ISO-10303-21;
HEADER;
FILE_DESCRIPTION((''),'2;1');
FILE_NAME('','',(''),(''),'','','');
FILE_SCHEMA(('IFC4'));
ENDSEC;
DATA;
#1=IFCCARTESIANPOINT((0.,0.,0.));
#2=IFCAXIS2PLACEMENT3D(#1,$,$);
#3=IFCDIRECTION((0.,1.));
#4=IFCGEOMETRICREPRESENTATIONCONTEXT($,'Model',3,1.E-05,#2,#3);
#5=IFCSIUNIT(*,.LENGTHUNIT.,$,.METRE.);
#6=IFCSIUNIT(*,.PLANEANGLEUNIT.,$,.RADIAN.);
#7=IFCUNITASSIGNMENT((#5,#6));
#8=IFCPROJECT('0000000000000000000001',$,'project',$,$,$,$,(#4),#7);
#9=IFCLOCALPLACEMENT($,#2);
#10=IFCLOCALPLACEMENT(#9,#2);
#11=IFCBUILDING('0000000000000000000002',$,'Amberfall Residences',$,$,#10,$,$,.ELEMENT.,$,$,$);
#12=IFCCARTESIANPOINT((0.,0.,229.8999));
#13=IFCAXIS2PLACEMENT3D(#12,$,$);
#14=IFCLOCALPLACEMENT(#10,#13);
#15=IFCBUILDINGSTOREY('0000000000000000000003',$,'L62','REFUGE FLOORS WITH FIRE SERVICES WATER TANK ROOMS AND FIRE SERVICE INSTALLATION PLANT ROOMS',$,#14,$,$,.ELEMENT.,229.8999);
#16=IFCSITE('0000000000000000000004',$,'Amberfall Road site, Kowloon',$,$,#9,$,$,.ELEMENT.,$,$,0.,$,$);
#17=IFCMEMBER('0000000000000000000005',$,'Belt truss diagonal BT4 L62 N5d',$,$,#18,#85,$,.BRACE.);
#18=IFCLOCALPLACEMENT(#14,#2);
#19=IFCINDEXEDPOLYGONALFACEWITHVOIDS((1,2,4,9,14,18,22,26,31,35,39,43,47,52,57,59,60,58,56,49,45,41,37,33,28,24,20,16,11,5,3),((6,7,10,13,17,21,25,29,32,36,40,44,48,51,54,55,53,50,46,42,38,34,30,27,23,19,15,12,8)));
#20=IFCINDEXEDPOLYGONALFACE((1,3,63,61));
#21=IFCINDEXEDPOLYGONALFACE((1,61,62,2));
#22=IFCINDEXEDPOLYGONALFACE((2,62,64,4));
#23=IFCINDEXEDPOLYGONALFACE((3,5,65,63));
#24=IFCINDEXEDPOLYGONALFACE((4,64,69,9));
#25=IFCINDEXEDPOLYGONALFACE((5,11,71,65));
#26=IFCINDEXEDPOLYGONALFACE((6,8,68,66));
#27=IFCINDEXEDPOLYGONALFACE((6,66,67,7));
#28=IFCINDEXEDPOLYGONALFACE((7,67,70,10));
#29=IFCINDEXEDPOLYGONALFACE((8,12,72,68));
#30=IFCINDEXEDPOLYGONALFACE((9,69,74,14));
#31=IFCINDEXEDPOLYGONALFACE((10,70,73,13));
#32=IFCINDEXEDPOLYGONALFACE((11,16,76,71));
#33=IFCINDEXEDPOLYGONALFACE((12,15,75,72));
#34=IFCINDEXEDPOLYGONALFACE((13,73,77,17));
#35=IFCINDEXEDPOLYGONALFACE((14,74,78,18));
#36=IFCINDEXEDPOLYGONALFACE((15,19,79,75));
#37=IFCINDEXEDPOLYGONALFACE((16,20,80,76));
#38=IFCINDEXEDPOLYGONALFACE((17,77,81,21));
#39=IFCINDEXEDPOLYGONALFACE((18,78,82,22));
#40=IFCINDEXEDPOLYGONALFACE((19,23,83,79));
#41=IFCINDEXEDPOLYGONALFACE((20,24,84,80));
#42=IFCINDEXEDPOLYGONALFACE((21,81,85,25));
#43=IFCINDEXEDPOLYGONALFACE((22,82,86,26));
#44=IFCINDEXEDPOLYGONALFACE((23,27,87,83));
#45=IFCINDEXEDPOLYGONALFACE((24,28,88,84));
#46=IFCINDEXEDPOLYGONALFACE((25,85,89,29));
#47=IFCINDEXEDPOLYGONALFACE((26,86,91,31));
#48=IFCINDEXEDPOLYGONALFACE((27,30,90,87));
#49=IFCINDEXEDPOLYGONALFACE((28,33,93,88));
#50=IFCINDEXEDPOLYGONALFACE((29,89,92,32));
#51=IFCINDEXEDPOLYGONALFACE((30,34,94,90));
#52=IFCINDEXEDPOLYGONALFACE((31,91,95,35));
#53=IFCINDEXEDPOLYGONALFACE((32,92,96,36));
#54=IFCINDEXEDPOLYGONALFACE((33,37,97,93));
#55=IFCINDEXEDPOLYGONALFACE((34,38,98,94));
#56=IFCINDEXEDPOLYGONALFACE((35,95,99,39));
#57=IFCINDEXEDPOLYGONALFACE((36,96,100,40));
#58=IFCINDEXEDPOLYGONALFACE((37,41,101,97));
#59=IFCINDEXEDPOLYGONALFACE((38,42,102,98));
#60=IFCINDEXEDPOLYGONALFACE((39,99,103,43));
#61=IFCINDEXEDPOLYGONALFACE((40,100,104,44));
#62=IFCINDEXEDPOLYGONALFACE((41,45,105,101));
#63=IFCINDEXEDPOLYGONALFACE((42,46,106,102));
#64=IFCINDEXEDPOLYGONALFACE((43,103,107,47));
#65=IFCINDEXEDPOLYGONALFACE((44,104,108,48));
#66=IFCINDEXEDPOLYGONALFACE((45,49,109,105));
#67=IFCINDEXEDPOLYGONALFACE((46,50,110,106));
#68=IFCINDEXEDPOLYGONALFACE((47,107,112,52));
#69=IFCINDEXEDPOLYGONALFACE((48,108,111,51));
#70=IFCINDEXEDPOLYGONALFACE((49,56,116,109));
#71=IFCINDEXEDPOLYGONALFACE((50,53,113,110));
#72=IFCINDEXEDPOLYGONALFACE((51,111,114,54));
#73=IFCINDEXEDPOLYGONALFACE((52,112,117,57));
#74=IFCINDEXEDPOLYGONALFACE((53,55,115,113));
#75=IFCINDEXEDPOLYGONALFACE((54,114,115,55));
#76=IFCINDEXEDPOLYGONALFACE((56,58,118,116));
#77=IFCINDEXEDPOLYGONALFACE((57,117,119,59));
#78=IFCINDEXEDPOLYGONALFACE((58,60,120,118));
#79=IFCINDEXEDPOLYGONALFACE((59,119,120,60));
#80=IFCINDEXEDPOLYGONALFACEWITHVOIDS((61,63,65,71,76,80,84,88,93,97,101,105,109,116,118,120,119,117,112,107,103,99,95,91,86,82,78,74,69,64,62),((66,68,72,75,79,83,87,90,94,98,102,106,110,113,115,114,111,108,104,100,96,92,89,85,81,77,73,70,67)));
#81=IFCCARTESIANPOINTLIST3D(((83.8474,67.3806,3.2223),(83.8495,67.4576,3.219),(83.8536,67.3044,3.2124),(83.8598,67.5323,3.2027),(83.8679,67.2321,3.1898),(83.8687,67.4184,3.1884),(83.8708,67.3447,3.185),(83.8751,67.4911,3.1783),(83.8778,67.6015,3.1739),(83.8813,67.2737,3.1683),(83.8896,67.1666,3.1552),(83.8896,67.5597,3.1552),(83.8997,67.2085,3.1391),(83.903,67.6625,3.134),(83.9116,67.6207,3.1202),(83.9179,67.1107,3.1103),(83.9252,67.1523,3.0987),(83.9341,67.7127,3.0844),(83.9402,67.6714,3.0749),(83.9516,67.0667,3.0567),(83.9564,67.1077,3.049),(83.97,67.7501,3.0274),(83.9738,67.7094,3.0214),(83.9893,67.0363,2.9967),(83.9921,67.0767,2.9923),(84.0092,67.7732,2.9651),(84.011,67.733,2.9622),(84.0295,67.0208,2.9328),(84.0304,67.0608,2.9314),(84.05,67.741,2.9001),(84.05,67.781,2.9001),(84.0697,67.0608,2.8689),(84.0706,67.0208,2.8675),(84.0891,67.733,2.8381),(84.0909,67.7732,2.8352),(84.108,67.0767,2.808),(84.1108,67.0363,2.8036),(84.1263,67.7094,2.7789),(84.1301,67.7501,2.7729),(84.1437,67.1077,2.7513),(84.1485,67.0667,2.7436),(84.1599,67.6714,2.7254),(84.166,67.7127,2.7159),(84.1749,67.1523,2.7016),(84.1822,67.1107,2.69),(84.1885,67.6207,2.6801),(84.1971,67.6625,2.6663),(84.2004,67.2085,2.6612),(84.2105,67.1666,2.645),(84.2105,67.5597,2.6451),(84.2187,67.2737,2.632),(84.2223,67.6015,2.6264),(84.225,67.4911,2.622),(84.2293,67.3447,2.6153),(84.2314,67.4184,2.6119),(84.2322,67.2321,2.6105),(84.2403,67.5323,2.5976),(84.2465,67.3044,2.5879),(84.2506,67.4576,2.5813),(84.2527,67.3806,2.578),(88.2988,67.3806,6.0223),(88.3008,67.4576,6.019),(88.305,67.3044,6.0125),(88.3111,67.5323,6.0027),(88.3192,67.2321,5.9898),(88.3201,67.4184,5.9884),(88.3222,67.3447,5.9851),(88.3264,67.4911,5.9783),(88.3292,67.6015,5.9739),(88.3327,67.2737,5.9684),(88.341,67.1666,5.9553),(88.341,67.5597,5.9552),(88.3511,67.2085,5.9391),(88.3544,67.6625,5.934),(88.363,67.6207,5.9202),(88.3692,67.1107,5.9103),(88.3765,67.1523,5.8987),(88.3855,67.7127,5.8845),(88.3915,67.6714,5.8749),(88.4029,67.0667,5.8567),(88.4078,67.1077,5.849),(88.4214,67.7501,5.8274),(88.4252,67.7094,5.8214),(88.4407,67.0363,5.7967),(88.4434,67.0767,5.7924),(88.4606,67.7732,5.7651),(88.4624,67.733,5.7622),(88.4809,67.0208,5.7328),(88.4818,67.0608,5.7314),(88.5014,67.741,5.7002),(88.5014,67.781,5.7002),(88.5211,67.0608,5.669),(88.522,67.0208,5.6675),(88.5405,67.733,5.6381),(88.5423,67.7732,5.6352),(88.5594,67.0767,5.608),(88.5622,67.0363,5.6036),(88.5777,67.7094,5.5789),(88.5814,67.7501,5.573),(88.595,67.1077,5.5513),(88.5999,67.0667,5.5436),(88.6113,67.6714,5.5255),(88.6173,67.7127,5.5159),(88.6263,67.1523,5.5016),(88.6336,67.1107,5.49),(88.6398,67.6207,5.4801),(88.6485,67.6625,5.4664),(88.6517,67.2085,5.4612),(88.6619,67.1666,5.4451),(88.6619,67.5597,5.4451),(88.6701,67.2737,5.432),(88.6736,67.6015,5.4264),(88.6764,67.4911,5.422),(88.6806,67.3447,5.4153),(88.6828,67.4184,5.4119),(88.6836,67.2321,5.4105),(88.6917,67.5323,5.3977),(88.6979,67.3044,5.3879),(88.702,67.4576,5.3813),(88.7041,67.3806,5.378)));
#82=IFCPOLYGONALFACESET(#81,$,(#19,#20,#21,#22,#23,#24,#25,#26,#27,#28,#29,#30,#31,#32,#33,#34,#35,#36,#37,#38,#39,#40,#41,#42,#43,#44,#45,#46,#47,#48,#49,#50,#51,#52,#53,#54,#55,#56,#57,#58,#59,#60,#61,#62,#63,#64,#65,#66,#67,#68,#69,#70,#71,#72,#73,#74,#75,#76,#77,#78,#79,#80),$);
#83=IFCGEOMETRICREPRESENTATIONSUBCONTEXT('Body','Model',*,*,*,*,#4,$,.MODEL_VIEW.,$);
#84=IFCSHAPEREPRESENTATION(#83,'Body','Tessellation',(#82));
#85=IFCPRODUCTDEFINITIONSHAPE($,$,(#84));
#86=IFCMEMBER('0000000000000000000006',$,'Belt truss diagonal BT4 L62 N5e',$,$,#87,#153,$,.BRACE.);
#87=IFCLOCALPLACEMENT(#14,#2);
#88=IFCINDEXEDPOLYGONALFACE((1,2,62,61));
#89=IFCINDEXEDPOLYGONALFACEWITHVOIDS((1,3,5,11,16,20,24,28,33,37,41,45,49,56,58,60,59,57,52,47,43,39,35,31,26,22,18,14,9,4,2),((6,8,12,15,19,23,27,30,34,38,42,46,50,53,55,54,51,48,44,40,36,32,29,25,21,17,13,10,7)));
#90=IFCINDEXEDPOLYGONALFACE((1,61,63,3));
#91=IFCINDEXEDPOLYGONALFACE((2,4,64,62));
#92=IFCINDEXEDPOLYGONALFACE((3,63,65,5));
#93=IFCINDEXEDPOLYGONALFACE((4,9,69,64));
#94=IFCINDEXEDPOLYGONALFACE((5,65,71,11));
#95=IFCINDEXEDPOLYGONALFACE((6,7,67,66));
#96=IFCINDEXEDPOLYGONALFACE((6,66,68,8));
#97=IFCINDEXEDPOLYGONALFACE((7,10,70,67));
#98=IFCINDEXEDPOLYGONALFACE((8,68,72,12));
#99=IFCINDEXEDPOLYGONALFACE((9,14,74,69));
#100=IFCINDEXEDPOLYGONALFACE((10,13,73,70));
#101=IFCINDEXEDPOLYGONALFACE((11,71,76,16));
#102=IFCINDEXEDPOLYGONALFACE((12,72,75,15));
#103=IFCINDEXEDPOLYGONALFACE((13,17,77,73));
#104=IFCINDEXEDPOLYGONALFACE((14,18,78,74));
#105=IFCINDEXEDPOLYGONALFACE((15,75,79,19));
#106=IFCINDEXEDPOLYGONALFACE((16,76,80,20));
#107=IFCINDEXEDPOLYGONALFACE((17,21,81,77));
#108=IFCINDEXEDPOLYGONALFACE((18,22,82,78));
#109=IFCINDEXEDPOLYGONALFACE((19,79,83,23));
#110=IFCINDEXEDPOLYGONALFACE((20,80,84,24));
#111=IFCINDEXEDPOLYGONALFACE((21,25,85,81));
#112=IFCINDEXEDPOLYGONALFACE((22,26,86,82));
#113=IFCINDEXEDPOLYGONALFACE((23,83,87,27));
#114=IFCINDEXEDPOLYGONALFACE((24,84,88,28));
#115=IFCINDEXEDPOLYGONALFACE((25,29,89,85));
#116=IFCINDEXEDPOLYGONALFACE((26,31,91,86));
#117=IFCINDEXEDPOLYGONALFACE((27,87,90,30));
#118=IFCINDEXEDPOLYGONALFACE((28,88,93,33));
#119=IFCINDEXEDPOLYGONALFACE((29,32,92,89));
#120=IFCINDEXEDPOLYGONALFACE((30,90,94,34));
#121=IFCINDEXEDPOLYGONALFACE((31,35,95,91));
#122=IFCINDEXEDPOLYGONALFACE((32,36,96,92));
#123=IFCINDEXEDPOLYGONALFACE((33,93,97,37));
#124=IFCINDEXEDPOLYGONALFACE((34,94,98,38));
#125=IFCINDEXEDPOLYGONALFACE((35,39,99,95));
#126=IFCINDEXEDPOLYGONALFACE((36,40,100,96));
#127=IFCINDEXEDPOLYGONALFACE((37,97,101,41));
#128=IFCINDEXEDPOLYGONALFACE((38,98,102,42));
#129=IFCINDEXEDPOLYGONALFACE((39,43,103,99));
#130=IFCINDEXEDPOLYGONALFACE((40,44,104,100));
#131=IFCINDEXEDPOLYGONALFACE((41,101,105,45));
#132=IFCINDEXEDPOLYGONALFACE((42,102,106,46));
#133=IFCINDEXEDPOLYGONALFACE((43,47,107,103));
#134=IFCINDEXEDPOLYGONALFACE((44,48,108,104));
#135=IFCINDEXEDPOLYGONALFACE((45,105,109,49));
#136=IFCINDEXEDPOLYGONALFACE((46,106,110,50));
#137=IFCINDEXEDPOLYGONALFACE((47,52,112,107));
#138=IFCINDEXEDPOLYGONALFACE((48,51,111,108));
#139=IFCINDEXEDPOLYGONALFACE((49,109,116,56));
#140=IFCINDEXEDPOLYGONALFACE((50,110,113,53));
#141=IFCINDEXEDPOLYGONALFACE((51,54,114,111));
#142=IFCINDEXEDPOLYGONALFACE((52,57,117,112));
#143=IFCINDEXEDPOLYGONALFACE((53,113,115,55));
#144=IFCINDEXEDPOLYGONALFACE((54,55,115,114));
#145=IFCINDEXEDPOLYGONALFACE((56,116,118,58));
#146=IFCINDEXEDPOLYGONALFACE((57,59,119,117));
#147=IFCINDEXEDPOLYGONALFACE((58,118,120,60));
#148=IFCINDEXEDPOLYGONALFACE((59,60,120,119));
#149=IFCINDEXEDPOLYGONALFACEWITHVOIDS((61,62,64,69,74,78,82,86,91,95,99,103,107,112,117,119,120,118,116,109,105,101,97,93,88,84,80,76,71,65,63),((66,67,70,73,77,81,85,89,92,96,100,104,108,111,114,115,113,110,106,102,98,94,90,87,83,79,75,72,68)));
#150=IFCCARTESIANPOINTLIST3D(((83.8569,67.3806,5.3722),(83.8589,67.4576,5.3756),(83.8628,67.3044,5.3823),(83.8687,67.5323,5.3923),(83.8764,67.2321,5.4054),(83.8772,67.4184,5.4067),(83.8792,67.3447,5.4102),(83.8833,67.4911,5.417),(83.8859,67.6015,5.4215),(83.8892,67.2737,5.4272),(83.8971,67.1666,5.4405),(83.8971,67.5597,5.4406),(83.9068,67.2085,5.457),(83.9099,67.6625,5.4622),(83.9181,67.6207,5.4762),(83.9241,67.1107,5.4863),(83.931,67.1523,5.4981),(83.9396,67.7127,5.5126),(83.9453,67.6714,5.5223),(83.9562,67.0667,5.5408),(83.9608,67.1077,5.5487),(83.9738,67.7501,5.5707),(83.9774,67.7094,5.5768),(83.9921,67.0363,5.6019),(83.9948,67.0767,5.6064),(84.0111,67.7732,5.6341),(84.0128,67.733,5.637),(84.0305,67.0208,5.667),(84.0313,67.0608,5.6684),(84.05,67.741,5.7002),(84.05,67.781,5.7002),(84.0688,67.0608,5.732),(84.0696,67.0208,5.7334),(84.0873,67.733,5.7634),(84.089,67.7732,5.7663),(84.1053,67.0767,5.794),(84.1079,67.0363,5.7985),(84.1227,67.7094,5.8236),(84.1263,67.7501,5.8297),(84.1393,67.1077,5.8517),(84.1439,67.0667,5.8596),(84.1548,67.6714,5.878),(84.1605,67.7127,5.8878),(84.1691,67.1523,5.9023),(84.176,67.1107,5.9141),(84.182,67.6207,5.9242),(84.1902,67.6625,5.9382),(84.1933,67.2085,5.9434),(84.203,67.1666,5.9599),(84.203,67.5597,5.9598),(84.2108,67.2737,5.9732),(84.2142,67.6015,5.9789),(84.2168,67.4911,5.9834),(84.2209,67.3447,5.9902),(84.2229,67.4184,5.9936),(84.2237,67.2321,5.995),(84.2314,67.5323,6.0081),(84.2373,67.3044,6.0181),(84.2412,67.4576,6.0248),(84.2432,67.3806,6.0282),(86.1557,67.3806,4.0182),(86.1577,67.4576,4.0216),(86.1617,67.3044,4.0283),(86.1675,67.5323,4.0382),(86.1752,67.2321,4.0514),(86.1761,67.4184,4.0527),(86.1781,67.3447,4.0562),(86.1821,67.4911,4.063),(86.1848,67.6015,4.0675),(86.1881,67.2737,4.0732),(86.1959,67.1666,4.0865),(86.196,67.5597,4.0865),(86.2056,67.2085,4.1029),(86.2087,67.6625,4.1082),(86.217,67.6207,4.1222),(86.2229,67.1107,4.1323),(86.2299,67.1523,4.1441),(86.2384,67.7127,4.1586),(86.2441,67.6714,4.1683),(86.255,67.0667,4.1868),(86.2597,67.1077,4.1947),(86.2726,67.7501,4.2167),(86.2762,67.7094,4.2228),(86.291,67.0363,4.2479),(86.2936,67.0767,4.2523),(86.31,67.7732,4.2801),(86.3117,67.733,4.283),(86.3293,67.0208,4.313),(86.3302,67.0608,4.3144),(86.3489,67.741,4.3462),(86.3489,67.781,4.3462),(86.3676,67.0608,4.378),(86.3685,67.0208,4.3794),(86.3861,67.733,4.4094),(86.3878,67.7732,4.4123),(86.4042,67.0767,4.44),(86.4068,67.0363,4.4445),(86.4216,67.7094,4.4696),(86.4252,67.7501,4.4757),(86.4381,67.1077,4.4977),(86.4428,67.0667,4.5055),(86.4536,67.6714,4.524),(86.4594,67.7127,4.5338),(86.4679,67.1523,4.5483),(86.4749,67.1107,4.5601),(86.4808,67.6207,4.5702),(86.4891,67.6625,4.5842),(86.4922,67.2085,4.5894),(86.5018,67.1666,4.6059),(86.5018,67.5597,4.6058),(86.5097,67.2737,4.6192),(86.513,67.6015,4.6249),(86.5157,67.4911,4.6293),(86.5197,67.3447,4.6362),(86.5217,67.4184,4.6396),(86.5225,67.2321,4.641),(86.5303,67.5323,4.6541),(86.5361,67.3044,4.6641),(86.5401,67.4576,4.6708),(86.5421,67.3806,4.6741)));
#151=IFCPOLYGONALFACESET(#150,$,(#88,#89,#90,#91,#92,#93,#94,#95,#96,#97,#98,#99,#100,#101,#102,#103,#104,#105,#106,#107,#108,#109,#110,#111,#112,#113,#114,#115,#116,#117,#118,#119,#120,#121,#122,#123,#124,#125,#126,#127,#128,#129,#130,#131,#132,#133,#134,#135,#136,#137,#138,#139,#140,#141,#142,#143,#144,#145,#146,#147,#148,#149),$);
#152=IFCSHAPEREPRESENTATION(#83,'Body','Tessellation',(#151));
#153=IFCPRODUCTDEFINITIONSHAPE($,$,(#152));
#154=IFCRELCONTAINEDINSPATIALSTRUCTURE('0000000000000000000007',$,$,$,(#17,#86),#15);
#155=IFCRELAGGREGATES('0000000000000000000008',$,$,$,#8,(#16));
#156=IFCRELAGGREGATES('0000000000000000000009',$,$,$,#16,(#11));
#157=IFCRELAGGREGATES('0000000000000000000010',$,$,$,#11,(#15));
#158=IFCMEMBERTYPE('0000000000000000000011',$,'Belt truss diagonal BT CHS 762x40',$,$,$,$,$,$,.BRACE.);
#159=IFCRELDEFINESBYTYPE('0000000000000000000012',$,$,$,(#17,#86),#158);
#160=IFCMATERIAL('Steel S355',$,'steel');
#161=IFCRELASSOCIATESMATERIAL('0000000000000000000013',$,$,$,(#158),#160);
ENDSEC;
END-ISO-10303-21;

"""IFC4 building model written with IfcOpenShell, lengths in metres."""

from ifc_helpers import new_model, si_unit, direction, frame, origin, origin_2d, place, context, subcontext, project, spatial, hollow_circle, extrude, material, material_profile, profile_set, type_object, element, save


model = new_model("IFC4")

# Units and contexts
model_context = context("Model", 3, precision=1e-05, world=origin(), true_north=direction((0.0, 1.0)))
body_context = subcontext(model_context, "Body", "Model", "MODEL_VIEW")
ifc_project = project(units=[si_unit("LENGTHUNIT", "METRE"), si_unit("PLANEANGLEUNIT", "RADIAN")], contexts=[model_context])

# Site, building, storey
site_placement = place(None, origin())
site = spatial("IfcSite", under=ifc_project, at=site_placement, Name="Amberfall Road site, Kowloon", CompositionType="ELEMENT", RefElevation=0.0)
building_placement = place(site_placement, origin())
building = spatial("IfcBuilding", under=site, at=building_placement, Name="Amberfall Residences", CompositionType="ELEMENT")
storey_placement = place(building_placement, frame((0.0, 0.0, 229.8999)))
storey = spatial("IfcBuildingStorey", under=building, at=storey_placement, Name="L62", Description="REFUGE FLOORS WITH FIRE SERVICES WATER TANK ROOMS AND FIRE SERVICE INSTALLATION PLANT ROOMS", CompositionType="ELEMENT", Elevation=229.8999)

# Shared definitions
ifc_material_1 = material(Name="Steel S355", Category="steel")

# Members
ifc_material_profile_1 = material_profile(ifc_material_1, hollow_circle(Radius=0.3811, WallThickness=0.04, at=origin_2d()), Name="CHS 762x40")
ifc_profile_set_1 = profile_set([ifc_material_profile_1], Name="Steel S355")
member_type = type_object("IfcMemberType", Name="Belt truss diagonal BT CHS 762x40", PredefinedType="BRACE", material=ifc_profile_set_1)
member_1_placement = place(storey_placement, frame((84.05, 67.3999, 2.9001), z_axis=(0.846464, 0.0, 0.532446), x_axis=(0.0, 1.0, 0.0)))
element("IfcMember", 1, at=member_1_placement, inside=storey, type_object=member_type, Name="Belt truss diagonal BT4 L62 N5d", PredefinedType="BRACE", context=body_context, shape_type="SweptSolid", body=[
    extrude(hollow_circle(Radius=0.3811, WallThickness=0.04, at=origin_2d()), origin(), (0.0, 0.0, 1.0), 5.2588),
])
member_2_placement = place(storey_placement, frame((84.05, 67.3999, 5.7002), z_axis=(0.861647, 0.0, -0.507508), x_axis=(0.0, 1.0, 0.0)))
element("IfcMember", 2, at=member_2_placement, inside=storey, type_object=member_type, Name="Belt truss diagonal BT4 L62 N5e", PredefinedType="BRACE", context=body_context, shape_type="SweptSolid", body=[
    extrude(hollow_circle(Radius=0.3811, WallThickness=0.04, at=origin_2d()), origin(), (0.0, 0.0, 1.0), 2.668),
])

save(model, "model.ifc")
